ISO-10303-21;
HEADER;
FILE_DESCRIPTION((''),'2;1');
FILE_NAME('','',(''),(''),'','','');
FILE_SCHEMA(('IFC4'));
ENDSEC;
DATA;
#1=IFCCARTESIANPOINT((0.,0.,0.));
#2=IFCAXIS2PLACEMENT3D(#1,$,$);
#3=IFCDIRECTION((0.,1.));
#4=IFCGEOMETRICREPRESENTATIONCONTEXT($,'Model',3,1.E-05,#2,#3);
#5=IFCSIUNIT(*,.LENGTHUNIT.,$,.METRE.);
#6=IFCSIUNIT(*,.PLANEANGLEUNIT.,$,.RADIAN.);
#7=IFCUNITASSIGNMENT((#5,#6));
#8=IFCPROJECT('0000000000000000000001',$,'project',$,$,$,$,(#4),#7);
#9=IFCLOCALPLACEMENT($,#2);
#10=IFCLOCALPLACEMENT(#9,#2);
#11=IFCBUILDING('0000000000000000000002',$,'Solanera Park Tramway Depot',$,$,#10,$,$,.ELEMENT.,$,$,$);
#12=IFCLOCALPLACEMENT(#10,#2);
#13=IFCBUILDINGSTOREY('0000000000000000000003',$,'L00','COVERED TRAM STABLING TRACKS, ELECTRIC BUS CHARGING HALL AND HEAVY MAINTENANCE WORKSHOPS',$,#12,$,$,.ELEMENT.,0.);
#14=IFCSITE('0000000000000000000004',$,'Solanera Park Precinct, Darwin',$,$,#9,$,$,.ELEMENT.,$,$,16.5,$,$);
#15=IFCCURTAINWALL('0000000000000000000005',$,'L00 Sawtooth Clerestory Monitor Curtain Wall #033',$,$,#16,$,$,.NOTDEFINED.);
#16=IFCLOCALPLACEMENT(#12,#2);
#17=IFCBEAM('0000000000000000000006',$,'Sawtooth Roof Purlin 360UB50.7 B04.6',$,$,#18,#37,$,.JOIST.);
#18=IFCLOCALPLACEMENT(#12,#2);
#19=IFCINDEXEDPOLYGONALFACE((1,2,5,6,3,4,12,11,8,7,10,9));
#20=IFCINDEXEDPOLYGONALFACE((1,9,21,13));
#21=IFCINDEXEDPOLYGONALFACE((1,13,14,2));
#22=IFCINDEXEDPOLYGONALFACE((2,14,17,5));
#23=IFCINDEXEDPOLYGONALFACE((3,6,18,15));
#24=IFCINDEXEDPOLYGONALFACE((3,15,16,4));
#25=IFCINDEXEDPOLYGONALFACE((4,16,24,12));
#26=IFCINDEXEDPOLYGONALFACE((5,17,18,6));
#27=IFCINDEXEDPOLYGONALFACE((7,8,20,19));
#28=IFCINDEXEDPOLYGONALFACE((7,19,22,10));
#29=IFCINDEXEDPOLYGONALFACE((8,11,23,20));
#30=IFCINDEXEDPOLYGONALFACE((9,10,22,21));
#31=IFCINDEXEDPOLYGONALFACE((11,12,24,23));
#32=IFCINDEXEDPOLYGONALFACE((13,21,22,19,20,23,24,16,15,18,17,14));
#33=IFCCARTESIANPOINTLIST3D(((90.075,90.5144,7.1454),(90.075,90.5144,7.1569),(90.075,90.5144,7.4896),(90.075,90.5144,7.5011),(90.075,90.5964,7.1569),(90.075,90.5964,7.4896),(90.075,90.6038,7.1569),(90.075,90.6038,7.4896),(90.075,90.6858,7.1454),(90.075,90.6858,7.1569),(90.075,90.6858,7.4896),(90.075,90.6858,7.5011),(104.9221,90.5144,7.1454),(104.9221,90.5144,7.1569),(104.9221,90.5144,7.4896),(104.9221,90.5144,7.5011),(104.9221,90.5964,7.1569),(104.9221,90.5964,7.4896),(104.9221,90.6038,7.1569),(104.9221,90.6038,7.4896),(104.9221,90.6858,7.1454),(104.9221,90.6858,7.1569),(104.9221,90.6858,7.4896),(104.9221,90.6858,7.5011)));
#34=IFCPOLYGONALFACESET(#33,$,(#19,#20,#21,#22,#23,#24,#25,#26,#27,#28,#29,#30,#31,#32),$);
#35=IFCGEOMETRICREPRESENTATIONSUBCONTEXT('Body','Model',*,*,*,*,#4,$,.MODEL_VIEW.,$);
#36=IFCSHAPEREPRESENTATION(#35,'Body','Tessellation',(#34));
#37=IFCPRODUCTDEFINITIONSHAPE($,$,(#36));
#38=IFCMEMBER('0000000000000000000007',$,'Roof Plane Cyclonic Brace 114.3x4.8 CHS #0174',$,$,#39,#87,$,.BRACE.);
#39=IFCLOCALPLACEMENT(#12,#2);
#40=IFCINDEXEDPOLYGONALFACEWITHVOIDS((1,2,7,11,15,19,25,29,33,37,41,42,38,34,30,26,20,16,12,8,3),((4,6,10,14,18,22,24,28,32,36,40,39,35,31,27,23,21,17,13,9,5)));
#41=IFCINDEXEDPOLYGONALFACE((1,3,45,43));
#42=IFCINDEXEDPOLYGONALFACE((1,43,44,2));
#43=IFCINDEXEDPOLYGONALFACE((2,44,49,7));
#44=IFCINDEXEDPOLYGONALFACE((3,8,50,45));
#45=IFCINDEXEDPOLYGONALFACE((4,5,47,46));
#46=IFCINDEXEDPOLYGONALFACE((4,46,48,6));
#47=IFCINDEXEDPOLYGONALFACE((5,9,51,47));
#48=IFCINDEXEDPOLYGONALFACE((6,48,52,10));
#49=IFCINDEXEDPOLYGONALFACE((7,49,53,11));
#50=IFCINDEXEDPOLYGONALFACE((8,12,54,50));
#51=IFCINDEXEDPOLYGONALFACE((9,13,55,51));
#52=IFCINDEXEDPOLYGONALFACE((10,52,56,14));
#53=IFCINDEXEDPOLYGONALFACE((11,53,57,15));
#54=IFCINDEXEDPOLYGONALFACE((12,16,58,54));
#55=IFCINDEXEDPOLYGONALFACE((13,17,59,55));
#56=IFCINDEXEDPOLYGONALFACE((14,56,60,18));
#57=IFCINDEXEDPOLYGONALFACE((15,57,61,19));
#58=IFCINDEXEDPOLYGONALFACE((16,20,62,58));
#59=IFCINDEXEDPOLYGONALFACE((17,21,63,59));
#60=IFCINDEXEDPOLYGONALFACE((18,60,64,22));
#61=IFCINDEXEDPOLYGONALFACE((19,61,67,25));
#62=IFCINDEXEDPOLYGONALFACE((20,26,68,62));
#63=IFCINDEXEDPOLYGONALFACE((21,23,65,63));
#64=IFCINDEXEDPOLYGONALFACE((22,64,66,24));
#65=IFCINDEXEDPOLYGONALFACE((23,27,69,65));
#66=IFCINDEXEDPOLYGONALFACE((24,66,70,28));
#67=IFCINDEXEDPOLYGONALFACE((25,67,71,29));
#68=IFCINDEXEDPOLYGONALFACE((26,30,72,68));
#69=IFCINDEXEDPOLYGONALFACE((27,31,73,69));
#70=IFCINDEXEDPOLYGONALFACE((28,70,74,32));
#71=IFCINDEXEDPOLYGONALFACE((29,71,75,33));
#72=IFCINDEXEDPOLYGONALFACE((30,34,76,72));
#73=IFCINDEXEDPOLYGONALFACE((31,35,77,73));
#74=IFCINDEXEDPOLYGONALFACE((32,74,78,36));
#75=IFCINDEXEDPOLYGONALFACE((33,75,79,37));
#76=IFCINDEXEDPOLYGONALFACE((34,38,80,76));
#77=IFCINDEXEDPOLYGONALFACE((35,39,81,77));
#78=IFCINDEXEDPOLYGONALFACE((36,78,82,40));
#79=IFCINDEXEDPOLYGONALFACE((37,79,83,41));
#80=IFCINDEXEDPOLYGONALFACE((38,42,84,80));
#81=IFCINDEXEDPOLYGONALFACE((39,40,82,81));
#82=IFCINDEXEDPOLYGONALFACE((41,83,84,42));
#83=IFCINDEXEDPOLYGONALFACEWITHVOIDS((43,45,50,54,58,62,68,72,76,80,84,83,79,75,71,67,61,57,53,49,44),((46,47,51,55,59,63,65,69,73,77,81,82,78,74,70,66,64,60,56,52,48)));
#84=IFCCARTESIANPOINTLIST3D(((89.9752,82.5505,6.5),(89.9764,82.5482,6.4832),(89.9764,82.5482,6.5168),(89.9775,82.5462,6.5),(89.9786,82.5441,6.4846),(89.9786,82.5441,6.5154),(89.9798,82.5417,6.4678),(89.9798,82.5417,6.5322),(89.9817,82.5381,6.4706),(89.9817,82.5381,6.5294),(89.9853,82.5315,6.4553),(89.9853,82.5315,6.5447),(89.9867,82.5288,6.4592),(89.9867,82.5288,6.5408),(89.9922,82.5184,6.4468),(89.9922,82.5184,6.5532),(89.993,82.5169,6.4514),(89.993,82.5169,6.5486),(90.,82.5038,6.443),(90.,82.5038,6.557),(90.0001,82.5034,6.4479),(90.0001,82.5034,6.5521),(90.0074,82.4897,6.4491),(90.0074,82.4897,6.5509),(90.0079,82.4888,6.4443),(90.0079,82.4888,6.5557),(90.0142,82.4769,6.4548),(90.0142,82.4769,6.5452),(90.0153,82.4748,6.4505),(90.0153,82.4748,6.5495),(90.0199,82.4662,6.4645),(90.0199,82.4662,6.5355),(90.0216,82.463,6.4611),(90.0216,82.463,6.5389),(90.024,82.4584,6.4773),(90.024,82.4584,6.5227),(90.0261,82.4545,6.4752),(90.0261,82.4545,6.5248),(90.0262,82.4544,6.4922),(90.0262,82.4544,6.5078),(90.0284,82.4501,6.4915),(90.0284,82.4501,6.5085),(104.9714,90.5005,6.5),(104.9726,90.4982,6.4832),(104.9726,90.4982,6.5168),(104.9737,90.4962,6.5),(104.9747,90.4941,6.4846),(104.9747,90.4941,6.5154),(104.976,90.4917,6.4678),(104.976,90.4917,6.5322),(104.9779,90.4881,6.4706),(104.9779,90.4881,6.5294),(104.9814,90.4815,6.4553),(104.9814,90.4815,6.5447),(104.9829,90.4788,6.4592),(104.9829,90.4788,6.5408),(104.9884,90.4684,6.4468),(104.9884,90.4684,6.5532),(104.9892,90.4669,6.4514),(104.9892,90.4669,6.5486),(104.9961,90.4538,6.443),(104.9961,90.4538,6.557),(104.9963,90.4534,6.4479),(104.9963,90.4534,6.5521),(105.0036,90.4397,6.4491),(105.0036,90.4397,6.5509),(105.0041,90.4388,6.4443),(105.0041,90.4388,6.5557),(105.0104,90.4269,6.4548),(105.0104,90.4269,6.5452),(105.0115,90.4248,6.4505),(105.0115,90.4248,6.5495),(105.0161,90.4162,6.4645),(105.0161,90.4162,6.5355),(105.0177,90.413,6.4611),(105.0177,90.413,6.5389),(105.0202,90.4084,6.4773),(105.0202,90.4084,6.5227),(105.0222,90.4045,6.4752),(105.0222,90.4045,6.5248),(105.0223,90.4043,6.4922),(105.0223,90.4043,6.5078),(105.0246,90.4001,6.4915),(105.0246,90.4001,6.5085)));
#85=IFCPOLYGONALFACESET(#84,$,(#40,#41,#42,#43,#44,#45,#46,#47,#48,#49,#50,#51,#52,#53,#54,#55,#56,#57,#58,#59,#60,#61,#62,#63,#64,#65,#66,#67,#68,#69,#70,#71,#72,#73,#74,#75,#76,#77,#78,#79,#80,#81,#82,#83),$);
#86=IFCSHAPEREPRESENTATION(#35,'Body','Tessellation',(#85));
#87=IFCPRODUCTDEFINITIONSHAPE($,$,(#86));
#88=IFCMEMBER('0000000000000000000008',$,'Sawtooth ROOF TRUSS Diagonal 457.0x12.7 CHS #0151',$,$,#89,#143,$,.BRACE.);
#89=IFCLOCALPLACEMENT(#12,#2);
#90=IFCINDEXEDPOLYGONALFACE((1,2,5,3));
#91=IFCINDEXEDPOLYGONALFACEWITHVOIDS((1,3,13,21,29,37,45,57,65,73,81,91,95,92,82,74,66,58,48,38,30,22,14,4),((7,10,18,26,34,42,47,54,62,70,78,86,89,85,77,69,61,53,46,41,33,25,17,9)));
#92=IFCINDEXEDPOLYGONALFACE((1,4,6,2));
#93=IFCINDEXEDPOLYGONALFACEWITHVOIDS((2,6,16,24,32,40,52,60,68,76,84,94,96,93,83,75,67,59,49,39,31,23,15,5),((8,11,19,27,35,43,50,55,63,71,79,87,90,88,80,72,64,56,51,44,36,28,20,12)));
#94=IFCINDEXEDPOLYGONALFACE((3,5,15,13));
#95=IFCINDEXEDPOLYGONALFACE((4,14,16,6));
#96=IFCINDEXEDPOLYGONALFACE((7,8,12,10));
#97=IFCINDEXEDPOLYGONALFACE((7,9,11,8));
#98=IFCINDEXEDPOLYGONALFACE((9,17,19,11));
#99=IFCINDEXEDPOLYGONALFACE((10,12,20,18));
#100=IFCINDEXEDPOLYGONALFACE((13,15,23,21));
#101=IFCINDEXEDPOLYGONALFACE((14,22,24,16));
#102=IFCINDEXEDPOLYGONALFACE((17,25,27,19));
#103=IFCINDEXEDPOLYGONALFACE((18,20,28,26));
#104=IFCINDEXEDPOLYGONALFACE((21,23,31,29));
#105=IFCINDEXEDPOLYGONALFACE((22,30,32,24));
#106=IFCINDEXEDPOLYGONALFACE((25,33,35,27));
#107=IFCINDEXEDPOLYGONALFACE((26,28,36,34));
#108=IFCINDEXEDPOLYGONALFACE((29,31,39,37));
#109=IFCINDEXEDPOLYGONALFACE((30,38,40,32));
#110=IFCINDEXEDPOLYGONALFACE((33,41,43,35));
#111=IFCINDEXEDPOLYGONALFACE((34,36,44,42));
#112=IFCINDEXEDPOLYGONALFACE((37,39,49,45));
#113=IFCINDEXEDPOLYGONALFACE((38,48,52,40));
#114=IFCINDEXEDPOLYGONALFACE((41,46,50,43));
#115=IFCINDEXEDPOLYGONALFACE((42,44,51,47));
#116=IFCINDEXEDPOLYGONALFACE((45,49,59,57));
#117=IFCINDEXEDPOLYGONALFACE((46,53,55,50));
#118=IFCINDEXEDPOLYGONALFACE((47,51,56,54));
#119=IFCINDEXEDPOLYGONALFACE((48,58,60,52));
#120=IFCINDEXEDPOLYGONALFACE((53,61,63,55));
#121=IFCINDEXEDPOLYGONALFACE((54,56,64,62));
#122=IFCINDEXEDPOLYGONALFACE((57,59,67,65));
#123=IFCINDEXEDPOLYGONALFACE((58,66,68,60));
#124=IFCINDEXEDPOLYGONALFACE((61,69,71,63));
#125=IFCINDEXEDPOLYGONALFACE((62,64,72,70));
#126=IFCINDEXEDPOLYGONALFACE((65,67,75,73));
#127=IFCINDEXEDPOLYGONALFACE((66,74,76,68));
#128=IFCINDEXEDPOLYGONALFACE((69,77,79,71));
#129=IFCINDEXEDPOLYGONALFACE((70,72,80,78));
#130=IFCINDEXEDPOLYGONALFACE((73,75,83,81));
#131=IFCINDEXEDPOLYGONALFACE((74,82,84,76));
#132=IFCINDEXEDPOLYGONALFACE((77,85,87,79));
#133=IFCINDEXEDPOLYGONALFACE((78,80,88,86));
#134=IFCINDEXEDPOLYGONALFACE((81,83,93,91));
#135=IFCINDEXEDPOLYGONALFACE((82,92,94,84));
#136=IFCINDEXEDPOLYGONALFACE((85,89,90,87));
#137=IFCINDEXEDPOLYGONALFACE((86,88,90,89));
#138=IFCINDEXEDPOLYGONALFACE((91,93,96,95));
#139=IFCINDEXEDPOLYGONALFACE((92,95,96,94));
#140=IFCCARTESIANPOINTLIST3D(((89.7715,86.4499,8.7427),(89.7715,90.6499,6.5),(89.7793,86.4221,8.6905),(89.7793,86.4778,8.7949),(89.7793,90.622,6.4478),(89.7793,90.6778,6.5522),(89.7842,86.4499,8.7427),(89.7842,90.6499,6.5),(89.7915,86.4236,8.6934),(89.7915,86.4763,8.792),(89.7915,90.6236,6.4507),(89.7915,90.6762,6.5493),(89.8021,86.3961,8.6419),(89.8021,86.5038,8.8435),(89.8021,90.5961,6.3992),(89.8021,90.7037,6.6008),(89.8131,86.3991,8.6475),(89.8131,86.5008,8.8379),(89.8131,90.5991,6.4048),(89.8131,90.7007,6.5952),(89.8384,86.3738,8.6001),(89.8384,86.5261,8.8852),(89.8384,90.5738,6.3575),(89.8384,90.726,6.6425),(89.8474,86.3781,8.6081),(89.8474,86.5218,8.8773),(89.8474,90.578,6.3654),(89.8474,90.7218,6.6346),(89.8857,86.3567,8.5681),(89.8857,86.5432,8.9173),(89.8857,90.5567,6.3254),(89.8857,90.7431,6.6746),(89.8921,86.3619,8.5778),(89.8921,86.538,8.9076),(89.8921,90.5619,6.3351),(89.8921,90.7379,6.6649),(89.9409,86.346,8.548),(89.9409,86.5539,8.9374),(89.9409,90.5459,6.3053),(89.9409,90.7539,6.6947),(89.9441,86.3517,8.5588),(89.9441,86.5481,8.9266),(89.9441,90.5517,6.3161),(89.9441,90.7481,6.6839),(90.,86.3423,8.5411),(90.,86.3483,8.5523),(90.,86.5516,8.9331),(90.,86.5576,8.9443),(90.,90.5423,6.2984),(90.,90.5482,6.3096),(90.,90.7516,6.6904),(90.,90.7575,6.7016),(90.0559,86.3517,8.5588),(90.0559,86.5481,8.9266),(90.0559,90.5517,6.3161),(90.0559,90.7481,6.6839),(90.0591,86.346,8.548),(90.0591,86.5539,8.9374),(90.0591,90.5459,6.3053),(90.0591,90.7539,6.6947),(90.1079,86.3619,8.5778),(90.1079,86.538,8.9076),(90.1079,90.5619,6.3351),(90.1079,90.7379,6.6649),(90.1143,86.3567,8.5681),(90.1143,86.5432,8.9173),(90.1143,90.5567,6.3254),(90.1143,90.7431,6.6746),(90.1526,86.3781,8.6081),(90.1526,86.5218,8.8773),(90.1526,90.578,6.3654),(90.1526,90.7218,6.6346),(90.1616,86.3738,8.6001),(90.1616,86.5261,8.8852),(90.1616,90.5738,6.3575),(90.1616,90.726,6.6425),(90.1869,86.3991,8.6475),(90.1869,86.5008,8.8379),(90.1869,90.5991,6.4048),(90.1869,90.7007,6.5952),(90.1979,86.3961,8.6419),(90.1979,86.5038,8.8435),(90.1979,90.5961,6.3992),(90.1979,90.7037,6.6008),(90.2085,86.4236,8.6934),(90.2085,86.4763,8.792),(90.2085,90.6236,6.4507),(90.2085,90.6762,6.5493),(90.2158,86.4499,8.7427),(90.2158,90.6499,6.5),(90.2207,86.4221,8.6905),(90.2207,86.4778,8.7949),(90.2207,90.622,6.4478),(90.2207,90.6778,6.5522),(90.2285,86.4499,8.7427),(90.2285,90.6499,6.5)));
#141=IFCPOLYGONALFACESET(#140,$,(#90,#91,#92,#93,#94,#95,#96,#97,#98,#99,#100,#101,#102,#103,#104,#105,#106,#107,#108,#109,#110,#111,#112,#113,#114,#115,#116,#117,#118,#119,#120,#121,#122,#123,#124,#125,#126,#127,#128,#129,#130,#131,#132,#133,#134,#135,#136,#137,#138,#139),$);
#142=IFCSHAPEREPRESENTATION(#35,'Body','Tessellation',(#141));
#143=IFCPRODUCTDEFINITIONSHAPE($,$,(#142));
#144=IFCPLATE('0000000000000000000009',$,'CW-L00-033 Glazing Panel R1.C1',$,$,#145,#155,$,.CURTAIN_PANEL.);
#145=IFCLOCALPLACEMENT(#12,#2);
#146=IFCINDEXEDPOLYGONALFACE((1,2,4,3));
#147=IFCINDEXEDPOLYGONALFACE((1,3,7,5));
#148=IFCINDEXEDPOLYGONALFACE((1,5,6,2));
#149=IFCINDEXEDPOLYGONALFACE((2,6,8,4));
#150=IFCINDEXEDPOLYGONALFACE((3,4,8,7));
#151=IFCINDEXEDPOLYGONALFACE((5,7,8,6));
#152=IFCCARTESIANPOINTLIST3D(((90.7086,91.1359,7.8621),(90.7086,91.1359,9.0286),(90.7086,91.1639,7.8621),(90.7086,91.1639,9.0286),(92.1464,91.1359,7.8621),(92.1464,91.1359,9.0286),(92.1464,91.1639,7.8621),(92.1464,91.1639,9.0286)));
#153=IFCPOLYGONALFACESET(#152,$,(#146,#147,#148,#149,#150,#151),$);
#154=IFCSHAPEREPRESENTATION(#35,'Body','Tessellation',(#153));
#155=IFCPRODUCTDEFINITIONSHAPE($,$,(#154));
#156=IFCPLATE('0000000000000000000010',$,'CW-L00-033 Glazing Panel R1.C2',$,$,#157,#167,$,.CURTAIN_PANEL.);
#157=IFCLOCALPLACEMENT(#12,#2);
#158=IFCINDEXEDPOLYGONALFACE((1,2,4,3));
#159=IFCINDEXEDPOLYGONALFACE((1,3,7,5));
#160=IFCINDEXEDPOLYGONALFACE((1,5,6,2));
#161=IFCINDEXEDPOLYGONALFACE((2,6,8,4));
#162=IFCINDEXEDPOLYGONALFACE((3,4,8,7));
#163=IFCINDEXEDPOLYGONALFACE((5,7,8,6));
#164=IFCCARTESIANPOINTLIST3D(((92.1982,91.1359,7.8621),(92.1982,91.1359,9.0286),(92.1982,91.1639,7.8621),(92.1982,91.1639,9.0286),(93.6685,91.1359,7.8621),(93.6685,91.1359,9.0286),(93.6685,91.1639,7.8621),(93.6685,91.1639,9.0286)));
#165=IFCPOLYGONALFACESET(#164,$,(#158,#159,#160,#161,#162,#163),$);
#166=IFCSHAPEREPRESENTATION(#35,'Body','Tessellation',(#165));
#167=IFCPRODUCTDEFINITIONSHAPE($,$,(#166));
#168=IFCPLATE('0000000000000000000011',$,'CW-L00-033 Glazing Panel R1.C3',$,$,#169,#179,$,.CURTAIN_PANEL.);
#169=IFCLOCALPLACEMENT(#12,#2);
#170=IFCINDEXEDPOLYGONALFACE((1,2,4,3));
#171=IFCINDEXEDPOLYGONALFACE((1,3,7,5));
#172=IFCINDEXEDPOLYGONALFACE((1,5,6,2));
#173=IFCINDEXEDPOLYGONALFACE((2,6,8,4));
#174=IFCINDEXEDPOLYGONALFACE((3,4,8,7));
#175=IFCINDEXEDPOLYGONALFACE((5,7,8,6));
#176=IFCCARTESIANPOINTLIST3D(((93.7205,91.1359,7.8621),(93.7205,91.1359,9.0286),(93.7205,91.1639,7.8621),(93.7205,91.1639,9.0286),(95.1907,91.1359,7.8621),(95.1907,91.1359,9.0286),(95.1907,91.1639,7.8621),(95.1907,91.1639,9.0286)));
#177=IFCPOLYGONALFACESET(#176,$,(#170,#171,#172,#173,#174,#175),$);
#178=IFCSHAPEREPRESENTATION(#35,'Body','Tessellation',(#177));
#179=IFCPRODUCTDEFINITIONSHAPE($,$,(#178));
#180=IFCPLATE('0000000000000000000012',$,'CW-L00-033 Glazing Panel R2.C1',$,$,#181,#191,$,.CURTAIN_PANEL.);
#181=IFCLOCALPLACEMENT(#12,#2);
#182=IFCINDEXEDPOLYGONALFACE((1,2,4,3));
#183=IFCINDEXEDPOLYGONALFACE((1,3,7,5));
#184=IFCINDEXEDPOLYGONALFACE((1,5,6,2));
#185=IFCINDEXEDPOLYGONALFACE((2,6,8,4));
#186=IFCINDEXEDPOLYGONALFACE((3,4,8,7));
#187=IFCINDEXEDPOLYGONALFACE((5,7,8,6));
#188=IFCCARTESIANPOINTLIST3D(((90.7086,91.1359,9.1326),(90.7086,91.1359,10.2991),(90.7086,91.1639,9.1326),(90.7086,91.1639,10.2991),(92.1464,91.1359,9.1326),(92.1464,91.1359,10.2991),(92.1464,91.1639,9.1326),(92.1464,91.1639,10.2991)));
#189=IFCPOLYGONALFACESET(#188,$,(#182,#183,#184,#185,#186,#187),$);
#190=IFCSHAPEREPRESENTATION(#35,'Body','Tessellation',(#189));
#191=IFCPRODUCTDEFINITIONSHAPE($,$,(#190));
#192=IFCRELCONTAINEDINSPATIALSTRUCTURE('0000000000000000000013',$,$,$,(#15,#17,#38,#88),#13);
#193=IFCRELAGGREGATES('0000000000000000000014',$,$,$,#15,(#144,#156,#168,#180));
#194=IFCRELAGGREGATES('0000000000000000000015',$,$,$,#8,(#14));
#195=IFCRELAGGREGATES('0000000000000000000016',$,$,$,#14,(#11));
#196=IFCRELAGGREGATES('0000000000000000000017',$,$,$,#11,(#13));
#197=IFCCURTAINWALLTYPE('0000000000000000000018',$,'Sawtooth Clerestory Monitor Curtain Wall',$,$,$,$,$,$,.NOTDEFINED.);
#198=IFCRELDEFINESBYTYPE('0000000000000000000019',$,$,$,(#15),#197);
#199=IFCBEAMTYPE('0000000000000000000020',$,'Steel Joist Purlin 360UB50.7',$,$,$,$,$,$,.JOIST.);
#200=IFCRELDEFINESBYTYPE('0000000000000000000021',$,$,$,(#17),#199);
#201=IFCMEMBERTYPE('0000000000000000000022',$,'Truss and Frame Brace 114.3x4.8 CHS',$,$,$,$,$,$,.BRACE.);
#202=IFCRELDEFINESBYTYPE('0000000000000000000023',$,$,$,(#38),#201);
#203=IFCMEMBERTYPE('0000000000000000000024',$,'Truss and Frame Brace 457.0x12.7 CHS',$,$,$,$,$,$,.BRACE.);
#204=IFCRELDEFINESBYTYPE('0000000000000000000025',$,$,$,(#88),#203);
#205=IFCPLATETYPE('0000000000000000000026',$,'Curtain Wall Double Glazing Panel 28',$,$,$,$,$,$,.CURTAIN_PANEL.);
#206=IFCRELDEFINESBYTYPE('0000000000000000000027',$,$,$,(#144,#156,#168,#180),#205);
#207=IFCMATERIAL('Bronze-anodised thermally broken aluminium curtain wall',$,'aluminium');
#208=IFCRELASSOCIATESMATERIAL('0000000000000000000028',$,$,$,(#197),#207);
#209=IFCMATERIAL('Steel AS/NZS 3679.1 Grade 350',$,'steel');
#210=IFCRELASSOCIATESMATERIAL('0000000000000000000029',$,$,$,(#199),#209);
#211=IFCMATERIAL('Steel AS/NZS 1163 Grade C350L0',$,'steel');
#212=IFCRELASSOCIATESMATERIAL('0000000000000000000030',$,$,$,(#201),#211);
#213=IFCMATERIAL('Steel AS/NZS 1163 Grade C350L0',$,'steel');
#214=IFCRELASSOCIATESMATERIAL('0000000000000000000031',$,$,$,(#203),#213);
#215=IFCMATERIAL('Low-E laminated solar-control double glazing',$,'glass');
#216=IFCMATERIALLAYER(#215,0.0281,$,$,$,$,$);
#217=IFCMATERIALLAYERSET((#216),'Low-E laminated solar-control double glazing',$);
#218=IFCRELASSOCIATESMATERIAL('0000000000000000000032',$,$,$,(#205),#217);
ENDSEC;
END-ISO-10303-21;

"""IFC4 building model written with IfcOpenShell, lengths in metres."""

from ifc_helpers import new_model, si_unit, direction, frame, origin, origin_2d, place, context, subcontext, project, spatial, rectangle, hollow_circle, i_section, extrude, material, layer, layer_set, material_profile, profile_set, type_object, element, aggregate, save


model = new_model("IFC4")

# Units and contexts
model_context = context("Model", 3, precision=1e-05, world=origin(), true_north=direction((0.0, 1.0)))
body_context = subcontext(model_context, "Body", "Model", "MODEL_VIEW")
ifc_project = project(units=[si_unit("LENGTHUNIT", "METRE"), si_unit("PLANEANGLEUNIT", "RADIAN")], contexts=[model_context])

# Site, building, storey
site_placement = place(None, origin())
site = spatial("IfcSite", under=ifc_project, at=site_placement, Name="Solanera Park Precinct, Darwin", CompositionType="ELEMENT", RefElevation=16.5)
building_placement = place(site_placement, origin())
building = spatial("IfcBuilding", under=site, at=building_placement, Name="Solanera Park Tramway Depot", CompositionType="ELEMENT")
storey_placement = place(building_placement, origin())
storey = spatial("IfcBuildingStorey", under=building, at=storey_placement, Name="L00", Description="COVERED TRAM STABLING TRACKS, ELECTRIC BUS CHARGING HALL AND HEAVY MAINTENANCE WORKSHOPS", CompositionType="ELEMENT", Elevation=0.0)

# Curtain wall
ifc_material_1 = material(Name="Bronze-anodised thermally broken aluminium curtain wall", Category="aluminium")
curtain_wall_type = type_object("IfcCurtainWallType", Name="Sawtooth Clerestory Monitor Curtain Wall", PredefinedType="NOTDEFINED", material=ifc_material_1)
curtain_wall_placement = place(storey_placement, origin())
curtain_wall = element("IfcCurtainWall", 1, at=curtain_wall_placement, inside=storey, type_object=curtain_wall_type, Name="L00 Sawtooth Clerestory Monitor Curtain Wall #033", PredefinedType="NOTDEFINED")

# Beam
ifc_material_2 = material(Name="Steel AS/NZS 3679.1 Grade 350", Category="steel")
ifc_material_profile_1 = material_profile(ifc_material_2, i_section(OverallWidth=0.1714, OverallDepth=0.3557, WebThickness=0.0073, FlangeThickness=0.0115, at=origin_2d()), Name="360UB50.7")
ifc_profile_set_1 = profile_set([ifc_material_profile_1], Name="Steel AS/NZS 3679.1 Grade 350")
beam_type_1 = type_object("IfcBeamType", Name="Steel Joist Purlin 360UB50.7", PredefinedType="JOIST", material=ifc_profile_set_1)
beam_1_placement = place(storey_placement, frame((90.075, 90.6001, 7.3232), z_axis=(1.0, 0.0, 0.0), x_axis=(0.0, 1.0, 0.0)))
element("IfcBeam", 2, at=beam_1_placement, inside=storey, type_object=beam_type_1, Name="Sawtooth Roof Purlin 360UB50.7 B04.6", PredefinedType="JOIST", context=body_context, shape_type="SweptSolid", body=[
    extrude(i_section(OverallWidth=0.1714, OverallDepth=0.3557, WebThickness=0.0073, FlangeThickness=0.0115, at=origin_2d()), origin(), (0.0, 0.0, 1.0), 14.8472),
])

# Members
ifc_material_3 = material(Name="Steel AS/NZS 1163 Grade C350L0", Category="steel")
ifc_material_profile_2 = material_profile(ifc_material_3, hollow_circle(Radius=0.0571, WallThickness=0.0049, at=origin_2d()), Name="114.3x4.8 CHS")
ifc_profile_set_2 = profile_set([ifc_material_profile_2], Name="Steel AS/NZS 1163 Grade C350L0")
member_type_1 = type_object("IfcMemberType", Name="Truss and Frame Brace 114.3x4.8 CHS", PredefinedType="BRACE", material=ifc_profile_set_2)
member_1_placement = place(storey_placement, frame((90.002, 82.5, 6.5), z_axis=(0.883524, 0.468387, 0.0), x_axis=(-0.468387, 0.883524, 0.0)))
element("IfcMember", 3, at=member_1_placement, inside=storey, type_object=member_type_1, Name="Roof Plane Cyclonic Brace 114.3x4.8 CHS #0174", PredefinedType="BRACE", context=body_context, shape_type="SweptSolid", body=[
    extrude(hollow_circle(Radius=0.0571, WallThickness=0.0049, at=origin_2d()), origin(), (0.0, 0.0, 1.0), 16.9731),
])
ifc_material_4 = material(Name="Steel AS/NZS 1163 Grade C350L0", Category="steel")
ifc_material_profile_3 = material_profile(ifc_material_4, hollow_circle(Radius=0.2285, WallThickness=0.0127, at=origin_2d()), Name="457.0x12.7 CHS")
ifc_profile_set_3 = profile_set([ifc_material_profile_3], Name="Steel AS/NZS 1163 Grade C350L0")
member_type_2 = type_object("IfcMemberType", Name="Truss and Frame Brace 457.0x12.7 CHS", PredefinedType="BRACE", material=ifc_profile_set_3)
member_2_placement = place(storey_placement, frame((90.0, 90.6499, 6.5), z_axis=(0.0, -0.882117, 0.47103), x_axis=(1.0, 0.0, 0.0)))
element("IfcMember", 4, at=member_2_placement, inside=storey, type_object=member_type_2, Name="Sawtooth ROOF TRUSS Diagonal 457.0x12.7 CHS #0151", PredefinedType="BRACE", context=body_context, shape_type="SweptSolid", body=[
    extrude(hollow_circle(Radius=0.2285, WallThickness=0.0127, at=origin_2d()), origin(), (0.0, 0.0, 1.0), 4.7612),
])

# Plates
ifc_material_5 = material(Name="Low-E laminated solar-control double glazing", Category="glass")
ifc_layer_1 = layer(ifc_material_5, 0.0281)
ifc_layer_set_1 = layer_set([ifc_layer_1], Name="Low-E laminated solar-control double glazing")
plate_type_1 = type_object("IfcPlateType", Name="Curtain Wall Double Glazing Panel 28", PredefinedType="CURTAIN_PANEL", material=ifc_layer_set_1)
plate_1_placement = place(storey_placement, frame((91.4275, 91.1499, 7.8621), z_axis=(0.0, 0.0, 1.0), x_axis=(1.0, 0.0, 0.0)))
plate_1 = element("IfcPlate", 5, at=plate_1_placement, type_object=plate_type_1, Name="CW-L00-033 Glazing Panel R1.C1", PredefinedType="CURTAIN_PANEL", context=body_context, shape_type="SweptSolid", body=[
    extrude(rectangle(XDim=1.4377, YDim=0.0281, at=origin_2d()), origin(), (0.0, 0.0, 1.0), 1.1665),
])
plate_2_placement = place(storey_placement, frame((92.9333, 91.1499, 7.8621), z_axis=(0.0, 0.0, 1.0), x_axis=(1.0, 0.0, 0.0)))
plate_2 = element("IfcPlate", 6, at=plate_2_placement, type_object=plate_type_1, Name="CW-L00-033 Glazing Panel R1.C2", PredefinedType="CURTAIN_PANEL", context=body_context, shape_type="SweptSolid", body=[
    extrude(rectangle(XDim=1.4702, YDim=0.0281, at=origin_2d()), origin(), (0.0, 0.0, 1.0), 1.1665),
])
plate_3_placement = place(storey_placement, frame((94.4556, 91.1499, 7.8621), z_axis=(0.0, 0.0, 1.0), x_axis=(1.0, 0.0, 0.0)))
plate_3 = element("IfcPlate", 7, at=plate_3_placement, type_object=plate_type_1, Name="CW-L00-033 Glazing Panel R1.C3", PredefinedType="CURTAIN_PANEL", context=body_context, shape_type="SweptSolid", body=[
    extrude(rectangle(XDim=1.4702, YDim=0.0281, at=origin_2d()), origin(), (0.0, 0.0, 1.0), 1.1665),
])
plate_4_placement = place(storey_placement, frame((91.4275, 91.1499, 9.1326), z_axis=(0.0, 0.0, 1.0), x_axis=(1.0, 0.0, 0.0)))
plate_4 = element("IfcPlate", 8, at=plate_4_placement, type_object=plate_type_1, Name="CW-L00-033 Glazing Panel R2.C1", PredefinedType="CURTAIN_PANEL", context=body_context, shape_type="SweptSolid", body=[
    extrude(rectangle(XDim=1.4377, YDim=0.0281, at=origin_2d()), origin(), (0.0, 0.0, 1.0), 1.1665),
])
aggregate(curtain_wall, [plate_1, plate_2, plate_3, plate_4])

save(model, "model.ifc")
